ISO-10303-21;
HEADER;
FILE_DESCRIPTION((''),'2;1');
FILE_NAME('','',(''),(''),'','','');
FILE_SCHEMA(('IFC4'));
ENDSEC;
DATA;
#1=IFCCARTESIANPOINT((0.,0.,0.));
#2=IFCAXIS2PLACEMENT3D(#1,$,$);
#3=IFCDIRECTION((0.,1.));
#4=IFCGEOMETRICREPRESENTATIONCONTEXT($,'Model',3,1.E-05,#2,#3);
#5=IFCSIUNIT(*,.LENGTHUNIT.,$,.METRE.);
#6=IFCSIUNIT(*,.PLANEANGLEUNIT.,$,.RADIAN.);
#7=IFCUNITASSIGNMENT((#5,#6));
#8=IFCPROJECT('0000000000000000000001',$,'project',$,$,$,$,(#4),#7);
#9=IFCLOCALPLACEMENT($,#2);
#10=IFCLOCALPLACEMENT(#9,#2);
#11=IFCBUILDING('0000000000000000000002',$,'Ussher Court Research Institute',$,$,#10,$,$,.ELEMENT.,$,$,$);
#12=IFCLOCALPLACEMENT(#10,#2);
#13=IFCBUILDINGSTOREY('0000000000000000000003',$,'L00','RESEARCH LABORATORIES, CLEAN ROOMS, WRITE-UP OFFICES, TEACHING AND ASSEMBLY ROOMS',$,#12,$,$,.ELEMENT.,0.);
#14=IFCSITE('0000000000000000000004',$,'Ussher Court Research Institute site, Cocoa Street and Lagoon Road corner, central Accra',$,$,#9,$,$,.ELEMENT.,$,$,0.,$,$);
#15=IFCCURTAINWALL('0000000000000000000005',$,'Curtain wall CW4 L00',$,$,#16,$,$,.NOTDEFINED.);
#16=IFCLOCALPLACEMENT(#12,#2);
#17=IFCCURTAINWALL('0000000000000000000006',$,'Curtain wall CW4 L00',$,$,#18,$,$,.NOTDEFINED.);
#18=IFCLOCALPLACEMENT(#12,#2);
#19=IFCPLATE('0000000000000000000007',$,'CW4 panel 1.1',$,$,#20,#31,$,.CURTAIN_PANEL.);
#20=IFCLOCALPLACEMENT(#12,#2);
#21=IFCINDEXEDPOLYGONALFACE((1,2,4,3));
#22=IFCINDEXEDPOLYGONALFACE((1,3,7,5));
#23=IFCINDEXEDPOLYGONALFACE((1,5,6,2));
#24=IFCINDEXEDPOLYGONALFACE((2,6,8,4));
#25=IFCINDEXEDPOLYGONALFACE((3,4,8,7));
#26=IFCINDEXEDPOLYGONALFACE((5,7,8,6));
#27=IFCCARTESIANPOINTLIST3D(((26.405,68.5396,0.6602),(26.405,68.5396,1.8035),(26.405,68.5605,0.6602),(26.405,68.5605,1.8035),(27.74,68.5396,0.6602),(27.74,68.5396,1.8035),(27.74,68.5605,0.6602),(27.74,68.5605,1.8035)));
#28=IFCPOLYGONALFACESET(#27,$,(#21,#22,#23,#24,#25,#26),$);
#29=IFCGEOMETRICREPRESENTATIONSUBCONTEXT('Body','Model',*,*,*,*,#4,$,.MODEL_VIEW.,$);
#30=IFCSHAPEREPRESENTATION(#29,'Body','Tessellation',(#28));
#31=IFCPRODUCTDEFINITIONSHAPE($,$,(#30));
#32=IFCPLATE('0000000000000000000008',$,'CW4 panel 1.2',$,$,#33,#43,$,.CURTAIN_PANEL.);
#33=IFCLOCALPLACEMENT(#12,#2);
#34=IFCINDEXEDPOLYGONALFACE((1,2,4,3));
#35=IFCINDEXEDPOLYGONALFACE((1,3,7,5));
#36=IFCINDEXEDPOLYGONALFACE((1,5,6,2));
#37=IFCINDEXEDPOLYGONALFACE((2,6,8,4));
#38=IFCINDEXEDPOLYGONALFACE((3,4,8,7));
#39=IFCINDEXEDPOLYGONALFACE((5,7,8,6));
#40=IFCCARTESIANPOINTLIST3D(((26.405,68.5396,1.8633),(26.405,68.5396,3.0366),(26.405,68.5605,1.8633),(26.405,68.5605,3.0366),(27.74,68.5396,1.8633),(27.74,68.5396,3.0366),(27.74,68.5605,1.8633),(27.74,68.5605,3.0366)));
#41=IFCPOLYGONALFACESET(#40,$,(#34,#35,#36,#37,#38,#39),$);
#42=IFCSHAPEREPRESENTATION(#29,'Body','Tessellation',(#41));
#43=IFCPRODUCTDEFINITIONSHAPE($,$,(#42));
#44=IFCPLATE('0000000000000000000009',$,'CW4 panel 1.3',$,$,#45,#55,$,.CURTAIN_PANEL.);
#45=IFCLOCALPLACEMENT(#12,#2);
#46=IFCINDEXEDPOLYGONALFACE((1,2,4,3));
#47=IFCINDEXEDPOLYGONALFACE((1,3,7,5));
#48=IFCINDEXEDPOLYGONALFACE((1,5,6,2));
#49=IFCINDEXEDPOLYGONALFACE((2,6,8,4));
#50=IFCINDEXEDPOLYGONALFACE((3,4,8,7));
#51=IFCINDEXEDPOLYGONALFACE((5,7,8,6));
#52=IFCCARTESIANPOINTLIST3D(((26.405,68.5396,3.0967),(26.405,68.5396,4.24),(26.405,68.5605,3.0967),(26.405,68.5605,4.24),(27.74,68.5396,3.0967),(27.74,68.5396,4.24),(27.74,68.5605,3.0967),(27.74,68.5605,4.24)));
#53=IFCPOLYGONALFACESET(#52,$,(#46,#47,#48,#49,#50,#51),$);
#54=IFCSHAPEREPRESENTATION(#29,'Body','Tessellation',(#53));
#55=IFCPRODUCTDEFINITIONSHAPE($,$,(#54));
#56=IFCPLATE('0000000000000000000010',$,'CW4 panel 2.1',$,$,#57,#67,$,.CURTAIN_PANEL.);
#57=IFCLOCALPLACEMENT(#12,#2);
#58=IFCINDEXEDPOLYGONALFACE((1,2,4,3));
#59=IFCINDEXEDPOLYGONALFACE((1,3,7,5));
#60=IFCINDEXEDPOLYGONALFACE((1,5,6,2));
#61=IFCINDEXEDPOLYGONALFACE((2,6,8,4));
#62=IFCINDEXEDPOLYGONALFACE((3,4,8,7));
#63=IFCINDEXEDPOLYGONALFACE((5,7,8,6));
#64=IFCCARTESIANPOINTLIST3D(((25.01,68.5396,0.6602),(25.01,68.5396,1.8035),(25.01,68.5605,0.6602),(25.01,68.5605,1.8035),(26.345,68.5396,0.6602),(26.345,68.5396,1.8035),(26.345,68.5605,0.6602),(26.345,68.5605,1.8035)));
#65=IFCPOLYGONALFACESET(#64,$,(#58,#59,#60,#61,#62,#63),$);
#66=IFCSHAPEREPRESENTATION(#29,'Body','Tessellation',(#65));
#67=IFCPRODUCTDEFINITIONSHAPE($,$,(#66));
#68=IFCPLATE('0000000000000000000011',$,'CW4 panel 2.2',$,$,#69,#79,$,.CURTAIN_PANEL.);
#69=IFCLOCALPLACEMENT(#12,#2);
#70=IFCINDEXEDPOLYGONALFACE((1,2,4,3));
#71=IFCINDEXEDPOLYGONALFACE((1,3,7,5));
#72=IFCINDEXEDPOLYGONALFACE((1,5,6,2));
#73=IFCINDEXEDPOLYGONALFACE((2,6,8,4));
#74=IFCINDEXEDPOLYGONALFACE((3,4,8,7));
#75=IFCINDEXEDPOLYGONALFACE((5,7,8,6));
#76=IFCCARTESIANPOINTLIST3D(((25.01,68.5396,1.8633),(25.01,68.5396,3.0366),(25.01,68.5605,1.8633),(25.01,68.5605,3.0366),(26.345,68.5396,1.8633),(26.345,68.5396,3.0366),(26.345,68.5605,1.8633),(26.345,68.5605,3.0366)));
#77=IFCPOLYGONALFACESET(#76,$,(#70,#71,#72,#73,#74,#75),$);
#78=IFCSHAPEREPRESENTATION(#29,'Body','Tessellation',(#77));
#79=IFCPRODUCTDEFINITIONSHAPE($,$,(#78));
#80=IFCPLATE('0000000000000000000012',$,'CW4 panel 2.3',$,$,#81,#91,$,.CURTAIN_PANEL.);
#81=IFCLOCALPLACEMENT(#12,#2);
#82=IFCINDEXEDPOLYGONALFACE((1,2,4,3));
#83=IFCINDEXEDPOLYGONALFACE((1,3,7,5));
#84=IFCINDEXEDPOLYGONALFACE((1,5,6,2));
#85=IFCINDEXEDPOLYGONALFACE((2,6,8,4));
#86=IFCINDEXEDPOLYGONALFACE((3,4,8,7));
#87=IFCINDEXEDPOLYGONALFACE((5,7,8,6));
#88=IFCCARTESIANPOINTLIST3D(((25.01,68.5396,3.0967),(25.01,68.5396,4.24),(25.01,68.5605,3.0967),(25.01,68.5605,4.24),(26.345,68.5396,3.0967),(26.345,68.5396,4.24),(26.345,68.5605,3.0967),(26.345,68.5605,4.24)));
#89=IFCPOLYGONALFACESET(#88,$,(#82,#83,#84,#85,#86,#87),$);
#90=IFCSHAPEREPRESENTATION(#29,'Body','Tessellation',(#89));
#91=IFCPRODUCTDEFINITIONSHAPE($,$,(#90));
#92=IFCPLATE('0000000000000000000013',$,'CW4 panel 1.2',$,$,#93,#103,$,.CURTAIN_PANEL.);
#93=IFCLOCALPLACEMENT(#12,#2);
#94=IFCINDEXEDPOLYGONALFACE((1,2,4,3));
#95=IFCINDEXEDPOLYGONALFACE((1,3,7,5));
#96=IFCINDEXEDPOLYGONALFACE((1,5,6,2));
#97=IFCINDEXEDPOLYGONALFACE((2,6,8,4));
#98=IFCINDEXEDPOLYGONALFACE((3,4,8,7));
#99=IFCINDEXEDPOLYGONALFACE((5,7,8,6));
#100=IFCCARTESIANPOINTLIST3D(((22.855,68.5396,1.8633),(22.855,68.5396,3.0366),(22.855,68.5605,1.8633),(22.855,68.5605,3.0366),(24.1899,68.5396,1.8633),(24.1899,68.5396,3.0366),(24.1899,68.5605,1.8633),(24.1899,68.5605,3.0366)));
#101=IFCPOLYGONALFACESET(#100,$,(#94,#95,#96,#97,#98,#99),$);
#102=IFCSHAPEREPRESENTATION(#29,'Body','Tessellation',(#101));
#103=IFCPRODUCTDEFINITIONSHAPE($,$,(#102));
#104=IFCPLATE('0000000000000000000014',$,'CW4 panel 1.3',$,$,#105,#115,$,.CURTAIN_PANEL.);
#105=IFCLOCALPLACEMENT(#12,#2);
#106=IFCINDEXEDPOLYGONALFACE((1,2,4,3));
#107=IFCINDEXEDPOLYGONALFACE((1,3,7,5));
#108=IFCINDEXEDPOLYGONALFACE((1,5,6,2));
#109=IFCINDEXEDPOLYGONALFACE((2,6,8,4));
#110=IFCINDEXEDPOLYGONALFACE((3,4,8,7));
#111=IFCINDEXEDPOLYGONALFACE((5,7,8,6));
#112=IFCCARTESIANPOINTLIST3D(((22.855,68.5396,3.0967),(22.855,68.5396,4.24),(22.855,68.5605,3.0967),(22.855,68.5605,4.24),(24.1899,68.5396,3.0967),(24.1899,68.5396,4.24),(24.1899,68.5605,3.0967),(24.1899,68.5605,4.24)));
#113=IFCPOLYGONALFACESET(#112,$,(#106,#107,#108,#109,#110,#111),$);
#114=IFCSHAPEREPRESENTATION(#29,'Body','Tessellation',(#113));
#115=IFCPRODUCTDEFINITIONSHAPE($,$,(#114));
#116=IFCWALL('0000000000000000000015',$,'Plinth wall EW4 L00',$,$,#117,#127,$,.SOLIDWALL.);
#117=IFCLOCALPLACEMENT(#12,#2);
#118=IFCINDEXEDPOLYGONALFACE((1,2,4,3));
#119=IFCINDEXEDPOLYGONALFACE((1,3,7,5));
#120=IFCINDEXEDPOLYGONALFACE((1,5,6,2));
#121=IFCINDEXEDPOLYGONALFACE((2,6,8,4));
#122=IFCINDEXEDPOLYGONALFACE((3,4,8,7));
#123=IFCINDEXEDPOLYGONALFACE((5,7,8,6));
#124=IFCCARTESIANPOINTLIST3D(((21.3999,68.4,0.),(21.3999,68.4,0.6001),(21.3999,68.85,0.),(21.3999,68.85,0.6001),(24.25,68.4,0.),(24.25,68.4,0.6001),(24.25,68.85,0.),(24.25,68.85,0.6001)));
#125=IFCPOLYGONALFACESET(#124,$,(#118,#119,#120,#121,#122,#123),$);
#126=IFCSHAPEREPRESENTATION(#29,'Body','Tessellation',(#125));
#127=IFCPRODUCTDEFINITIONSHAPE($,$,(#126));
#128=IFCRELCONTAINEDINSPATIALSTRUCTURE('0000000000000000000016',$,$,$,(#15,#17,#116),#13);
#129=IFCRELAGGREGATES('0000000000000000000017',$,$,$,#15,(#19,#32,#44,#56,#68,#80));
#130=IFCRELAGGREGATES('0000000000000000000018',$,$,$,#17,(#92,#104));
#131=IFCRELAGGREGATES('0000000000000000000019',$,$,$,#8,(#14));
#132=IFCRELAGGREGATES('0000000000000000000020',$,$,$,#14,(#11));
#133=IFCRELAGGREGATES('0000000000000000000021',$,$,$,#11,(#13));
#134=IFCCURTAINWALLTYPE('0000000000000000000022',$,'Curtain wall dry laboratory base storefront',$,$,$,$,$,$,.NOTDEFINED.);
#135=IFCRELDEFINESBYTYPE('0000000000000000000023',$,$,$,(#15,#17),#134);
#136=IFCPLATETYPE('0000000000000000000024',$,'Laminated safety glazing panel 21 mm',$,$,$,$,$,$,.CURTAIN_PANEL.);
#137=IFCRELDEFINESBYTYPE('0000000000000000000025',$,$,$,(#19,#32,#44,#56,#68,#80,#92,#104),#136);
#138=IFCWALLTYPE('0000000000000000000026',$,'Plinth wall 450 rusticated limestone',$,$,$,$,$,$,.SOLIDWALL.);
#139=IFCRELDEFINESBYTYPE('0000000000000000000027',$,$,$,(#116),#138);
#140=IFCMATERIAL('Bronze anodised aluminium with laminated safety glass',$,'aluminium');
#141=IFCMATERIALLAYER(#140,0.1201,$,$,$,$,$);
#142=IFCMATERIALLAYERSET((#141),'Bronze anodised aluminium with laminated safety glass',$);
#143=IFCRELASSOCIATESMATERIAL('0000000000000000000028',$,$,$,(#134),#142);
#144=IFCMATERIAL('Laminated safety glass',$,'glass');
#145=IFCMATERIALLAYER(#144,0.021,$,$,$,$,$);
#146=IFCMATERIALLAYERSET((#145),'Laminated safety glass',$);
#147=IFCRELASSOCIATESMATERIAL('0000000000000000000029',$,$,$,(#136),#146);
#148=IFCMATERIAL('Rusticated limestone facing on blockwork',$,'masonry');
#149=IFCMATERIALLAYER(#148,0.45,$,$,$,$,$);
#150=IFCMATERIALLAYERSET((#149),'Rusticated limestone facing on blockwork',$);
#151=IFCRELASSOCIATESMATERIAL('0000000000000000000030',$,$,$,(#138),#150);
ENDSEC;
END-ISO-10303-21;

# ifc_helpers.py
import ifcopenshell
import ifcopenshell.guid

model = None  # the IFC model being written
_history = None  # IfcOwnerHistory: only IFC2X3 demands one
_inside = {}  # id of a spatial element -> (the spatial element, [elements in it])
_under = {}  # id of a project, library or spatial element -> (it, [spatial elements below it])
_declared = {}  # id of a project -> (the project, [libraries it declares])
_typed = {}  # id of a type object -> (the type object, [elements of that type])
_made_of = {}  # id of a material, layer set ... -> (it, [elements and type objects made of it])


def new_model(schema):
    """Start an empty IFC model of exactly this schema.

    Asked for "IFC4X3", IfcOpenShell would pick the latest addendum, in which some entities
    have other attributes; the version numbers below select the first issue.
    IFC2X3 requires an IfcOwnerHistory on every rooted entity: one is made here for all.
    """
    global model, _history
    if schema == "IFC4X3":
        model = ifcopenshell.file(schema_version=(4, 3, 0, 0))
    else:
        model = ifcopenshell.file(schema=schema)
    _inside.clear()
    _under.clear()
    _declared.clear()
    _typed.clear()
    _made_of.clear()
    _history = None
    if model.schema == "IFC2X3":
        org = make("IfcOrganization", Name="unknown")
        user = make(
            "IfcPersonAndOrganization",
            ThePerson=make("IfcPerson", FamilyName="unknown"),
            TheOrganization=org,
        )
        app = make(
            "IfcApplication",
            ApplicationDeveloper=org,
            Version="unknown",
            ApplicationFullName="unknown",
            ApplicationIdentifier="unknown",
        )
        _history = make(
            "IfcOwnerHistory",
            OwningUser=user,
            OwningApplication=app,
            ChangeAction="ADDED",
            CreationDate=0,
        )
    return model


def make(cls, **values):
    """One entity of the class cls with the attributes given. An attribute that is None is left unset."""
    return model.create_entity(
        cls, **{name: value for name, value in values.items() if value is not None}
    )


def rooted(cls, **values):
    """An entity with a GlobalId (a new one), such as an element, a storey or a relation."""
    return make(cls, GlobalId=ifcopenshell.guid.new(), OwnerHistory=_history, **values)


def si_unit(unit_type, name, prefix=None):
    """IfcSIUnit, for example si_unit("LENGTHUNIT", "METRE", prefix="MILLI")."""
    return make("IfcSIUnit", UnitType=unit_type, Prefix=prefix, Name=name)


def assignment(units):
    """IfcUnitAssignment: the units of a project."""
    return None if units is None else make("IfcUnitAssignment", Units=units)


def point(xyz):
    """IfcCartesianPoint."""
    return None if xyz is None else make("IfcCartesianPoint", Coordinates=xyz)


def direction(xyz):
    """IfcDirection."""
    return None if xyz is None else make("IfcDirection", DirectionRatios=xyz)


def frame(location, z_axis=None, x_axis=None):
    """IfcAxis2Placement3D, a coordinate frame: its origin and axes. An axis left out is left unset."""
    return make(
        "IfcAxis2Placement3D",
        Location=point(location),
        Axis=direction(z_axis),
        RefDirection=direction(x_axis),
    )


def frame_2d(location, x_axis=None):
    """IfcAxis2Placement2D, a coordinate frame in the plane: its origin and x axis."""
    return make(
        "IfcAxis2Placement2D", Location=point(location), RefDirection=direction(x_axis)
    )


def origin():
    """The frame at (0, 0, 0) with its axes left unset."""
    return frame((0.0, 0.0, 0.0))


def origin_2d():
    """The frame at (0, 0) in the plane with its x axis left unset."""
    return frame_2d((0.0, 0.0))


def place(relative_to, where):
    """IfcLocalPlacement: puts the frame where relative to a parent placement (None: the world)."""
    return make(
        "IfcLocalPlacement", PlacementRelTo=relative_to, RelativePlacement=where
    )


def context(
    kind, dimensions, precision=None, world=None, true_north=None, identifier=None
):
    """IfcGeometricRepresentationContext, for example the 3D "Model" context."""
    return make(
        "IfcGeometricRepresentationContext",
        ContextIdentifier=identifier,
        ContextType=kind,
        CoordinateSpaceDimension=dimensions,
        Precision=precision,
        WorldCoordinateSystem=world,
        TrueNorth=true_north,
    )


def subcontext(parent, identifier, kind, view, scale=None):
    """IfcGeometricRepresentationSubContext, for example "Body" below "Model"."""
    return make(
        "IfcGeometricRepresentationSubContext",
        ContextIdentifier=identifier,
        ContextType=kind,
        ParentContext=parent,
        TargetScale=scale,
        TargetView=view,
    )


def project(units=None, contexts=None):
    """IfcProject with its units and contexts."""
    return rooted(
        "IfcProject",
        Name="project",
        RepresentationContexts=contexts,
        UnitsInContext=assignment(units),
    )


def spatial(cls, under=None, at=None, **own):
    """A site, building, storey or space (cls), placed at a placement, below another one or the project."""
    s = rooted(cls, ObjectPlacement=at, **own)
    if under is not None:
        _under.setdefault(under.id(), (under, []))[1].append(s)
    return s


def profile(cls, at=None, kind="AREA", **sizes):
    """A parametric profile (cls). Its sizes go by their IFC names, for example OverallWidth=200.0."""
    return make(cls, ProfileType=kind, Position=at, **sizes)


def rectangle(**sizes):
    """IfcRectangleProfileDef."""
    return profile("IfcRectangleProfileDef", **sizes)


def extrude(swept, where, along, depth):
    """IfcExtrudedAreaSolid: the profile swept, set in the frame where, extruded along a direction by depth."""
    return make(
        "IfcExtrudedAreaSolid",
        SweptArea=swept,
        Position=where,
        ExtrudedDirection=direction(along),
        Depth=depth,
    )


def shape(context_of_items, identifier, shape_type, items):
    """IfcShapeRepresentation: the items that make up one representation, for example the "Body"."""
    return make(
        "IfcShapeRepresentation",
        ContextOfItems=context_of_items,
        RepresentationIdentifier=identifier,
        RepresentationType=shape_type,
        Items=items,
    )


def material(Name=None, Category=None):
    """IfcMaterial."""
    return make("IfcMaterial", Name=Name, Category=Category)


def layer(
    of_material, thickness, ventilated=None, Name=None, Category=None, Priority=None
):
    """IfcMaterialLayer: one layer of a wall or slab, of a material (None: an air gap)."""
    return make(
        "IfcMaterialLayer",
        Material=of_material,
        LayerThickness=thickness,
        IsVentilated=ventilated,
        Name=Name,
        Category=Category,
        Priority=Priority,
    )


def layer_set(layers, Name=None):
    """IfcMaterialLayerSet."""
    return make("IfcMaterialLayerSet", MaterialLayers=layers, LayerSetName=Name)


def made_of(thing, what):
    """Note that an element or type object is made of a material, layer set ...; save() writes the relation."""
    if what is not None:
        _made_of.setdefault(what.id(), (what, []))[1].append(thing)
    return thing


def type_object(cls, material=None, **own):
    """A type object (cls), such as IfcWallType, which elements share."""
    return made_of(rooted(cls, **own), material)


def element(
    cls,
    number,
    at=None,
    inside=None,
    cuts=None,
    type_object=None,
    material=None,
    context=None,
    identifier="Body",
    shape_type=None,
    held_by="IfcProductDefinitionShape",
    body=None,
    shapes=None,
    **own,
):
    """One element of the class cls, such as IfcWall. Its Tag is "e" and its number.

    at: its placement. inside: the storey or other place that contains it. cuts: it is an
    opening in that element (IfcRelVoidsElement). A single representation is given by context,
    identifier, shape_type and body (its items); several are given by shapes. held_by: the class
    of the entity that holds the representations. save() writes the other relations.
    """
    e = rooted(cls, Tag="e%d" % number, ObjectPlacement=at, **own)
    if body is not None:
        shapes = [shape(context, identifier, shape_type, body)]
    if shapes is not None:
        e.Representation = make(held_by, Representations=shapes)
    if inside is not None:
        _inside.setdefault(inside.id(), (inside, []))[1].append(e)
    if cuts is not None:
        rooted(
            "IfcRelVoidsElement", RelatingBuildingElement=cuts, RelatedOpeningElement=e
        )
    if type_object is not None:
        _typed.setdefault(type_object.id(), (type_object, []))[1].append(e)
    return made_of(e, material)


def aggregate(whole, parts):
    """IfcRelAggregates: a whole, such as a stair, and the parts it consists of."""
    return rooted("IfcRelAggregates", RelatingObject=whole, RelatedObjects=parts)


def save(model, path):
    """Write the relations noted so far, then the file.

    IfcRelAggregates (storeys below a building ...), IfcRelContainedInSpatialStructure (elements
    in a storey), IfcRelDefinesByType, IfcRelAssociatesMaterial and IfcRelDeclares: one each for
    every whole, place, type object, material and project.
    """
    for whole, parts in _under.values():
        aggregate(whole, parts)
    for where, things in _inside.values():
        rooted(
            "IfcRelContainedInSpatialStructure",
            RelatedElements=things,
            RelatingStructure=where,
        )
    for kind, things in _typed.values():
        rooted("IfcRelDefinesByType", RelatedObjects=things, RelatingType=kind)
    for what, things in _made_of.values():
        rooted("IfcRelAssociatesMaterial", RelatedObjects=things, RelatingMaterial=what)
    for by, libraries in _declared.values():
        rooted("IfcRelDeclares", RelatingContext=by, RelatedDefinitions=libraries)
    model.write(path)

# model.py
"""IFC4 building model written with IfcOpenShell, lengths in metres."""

from ifc_helpers import new_model, si_unit, direction, frame, frame_2d, origin, origin_2d, place, context, subcontext, project, spatial, rectangle, extrude, material, layer, layer_set, type_object, element, aggregate, save


model = new_model("IFC4")

# Units and contexts
model_context = context("Model", 3, precision=1e-05, world=origin(), true_north=direction((0.0, 1.0)))
body_context = subcontext(model_context, "Body", "Model", "MODEL_VIEW")
ifc_project = project(units=[si_unit("LENGTHUNIT", "METRE"), si_unit("PLANEANGLEUNIT", "RADIAN")], contexts=[model_context])

# Site, building, storey
site_placement = place(None, origin())
site = spatial("IfcSite", under=ifc_project, at=site_placement, Name="Ussher Court Research Institute site, Cocoa Street and Lagoon Road corner, central Accra", CompositionType="ELEMENT", RefElevation=0.0)
building_placement = place(site_placement, origin())
building = spatial("IfcBuilding", under=site, at=building_placement, Name="Ussher Court Research Institute", CompositionType="ELEMENT")
storey_placement = place(building_placement, origin())
storey = spatial("IfcBuildingStorey", under=building, at=storey_placement, Name="L00", Description="RESEARCH LABORATORIES, CLEAN ROOMS, WRITE-UP OFFICES, TEACHING AND ASSEMBLY ROOMS", CompositionType="ELEMENT", Elevation=0.0)

# Curtain wall
ifc_material_1 = material(Name="Bronze anodised aluminium with laminated safety glass", Category="aluminium")
ifc_layer_1 = layer(ifc_material_1, 0.1201)
ifc_layer_set_1 = layer_set([ifc_layer_1], Name="Bronze anodised aluminium with laminated safety glass")
curtain_wall_type = type_object("IfcCurtainWallType", Name="Curtain wall dry laboratory base storefront", PredefinedType="NOTDEFINED", material=ifc_layer_set_1)
curtain_wall_1_placement = place(storey_placement, origin())
curtain_wall_1 = element("IfcCurtainWall", 1, at=curtain_wall_1_placement, inside=storey, type_object=curtain_wall_type, Name="Curtain wall CW4 L00", PredefinedType="NOTDEFINED")

# Curtain wall
curtain_wall_2_placement = place(storey_placement, origin())
curtain_wall_2 = element("IfcCurtainWall", 2, at=curtain_wall_2_placement, inside=storey, type_object=curtain_wall_type, Name="Curtain wall CW4 L00", PredefinedType="NOTDEFINED")

# Plates
ifc_material_2 = material(Name="Laminated safety glass", Category="glass")
ifc_layer_2 = layer(ifc_material_2, 0.021)
ifc_layer_set_2 = layer_set([ifc_layer_2], Name="Laminated safety glass")
plate_type = type_object("IfcPlateType", Name="Laminated safety glazing panel 21 mm", PredefinedType="CURTAIN_PANEL", material=ifc_layer_set_2)
plate_1_placement = place(storey_placement, frame((27.0725, 68.55, 0.6602), z_axis=(0.0, 0.0, 1.0), x_axis=(-1.0, 0.0, 0.0)))
plate_1 = element("IfcPlate", 3, at=plate_1_placement, type_object=plate_type, Name="CW4 panel 1.1", PredefinedType="CURTAIN_PANEL", context=body_context, shape_type="SweptSolid", body=[
    extrude(rectangle(XDim=1.335, YDim=0.021, at=origin_2d()), origin(), (0.0, 0.0, 1.0), 1.1433),
])
plate_2_placement = place(storey_placement, frame((27.0725, 68.55, 1.8633), z_axis=(0.0, 0.0, 1.0), x_axis=(-1.0, 0.0, 0.0)))
plate_2 = element("IfcPlate", 4, at=plate_2_placement, type_object=plate_type, Name="CW4 panel 1.2", PredefinedType="CURTAIN_PANEL", context=body_context, shape_type="SweptSolid", body=[
    extrude(rectangle(XDim=1.335, YDim=0.021, at=origin_2d()), origin(), (0.0, 0.0, 1.0), 1.1733),
])
plate_3_placement = place(storey_placement, frame((27.0725, 68.55, 3.0967), z_axis=(0.0, 0.0, 1.0), x_axis=(-1.0, 0.0, 0.0)))
plate_3 = element("IfcPlate", 5, at=plate_3_placement, type_object=plate_type, Name="CW4 panel 1.3", PredefinedType="CURTAIN_PANEL", context=body_context, shape_type="SweptSolid", body=[
    extrude(rectangle(XDim=1.335, YDim=0.021, at=origin_2d()), origin(), (0.0, 0.0, 1.0), 1.1433),
])
plate_4_placement = place(storey_placement, frame((25.6775, 68.55, 0.6602), z_axis=(0.0, 0.0, 1.0), x_axis=(-1.0, 0.0, 0.0)))
plate_4 = element("IfcPlate", 6, at=plate_4_placement, type_object=plate_type, Name="CW4 panel 2.1", PredefinedType="CURTAIN_PANEL", context=body_context, shape_type="SweptSolid", body=[
    extrude(rectangle(XDim=1.335, YDim=0.021, at=origin_2d()), origin(), (0.0, 0.0, 1.0), 1.1433),
])
plate_5_placement = place(storey_placement, frame((25.6775, 68.55, 1.8633), z_axis=(0.0, 0.0, 1.0), x_axis=(-1.0, 0.0, 0.0)))
plate_5 = element("IfcPlate", 7, at=plate_5_placement, type_object=plate_type, Name="CW4 panel 2.2", PredefinedType="CURTAIN_PANEL", context=body_context, shape_type="SweptSolid", body=[
    extrude(rectangle(XDim=1.335, YDim=0.021, at=origin_2d()), origin(), (0.0, 0.0, 1.0), 1.1733),
])
plate_6_placement = place(storey_placement, frame((25.6775, 68.55, 3.0967), z_axis=(0.0, 0.0, 1.0), x_axis=(-1.0, 0.0, 0.0)))
plate_6 = element("IfcPlate", 8, at=plate_6_placement, type_object=plate_type, Name="CW4 panel 2.3", PredefinedType="CURTAIN_PANEL", context=body_context, shape_type="SweptSolid", body=[
    extrude(rectangle(XDim=1.335, YDim=0.021, at=origin_2d()), origin(), (0.0, 0.0, 1.0), 1.1433),
])
aggregate(curtain_wall_1, [plate_1, plate_2, plate_3, plate_4, plate_5, plate_6])
plate_7_placement = place(storey_placement, frame((23.5225, 68.55, 1.8633), z_axis=(0.0, 0.0, 1.0), x_axis=(-1.0, 0.0, 0.0)))
plate_7 = element("IfcPlate", 9, at=plate_7_placement, type_object=plate_type, Name="CW4 panel 1.2", PredefinedType="CURTAIN_PANEL", context=body_context, shape_type="SweptSolid", body=[
    extrude(rectangle(XDim=1.335, YDim=0.021, at=origin_2d()), origin(), (0.0, 0.0, 1.0), 1.1733),
])
plate_8_placement = place(storey_placement, frame((23.5225, 68.55, 3.0967), z_axis=(0.0, 0.0, 1.0), x_axis=(-1.0, 0.0, 0.0)))
plate_8 = element("IfcPlate", 10, at=plate_8_placement, type_object=plate_type, Name="CW4 panel 1.3", PredefinedType="CURTAIN_PANEL", context=body_context, shape_type="SweptSolid", body=[
    extrude(rectangle(XDim=1.335, YDim=0.021, at=origin_2d()), origin(), (0.0, 0.0, 1.0), 1.1433),
])
aggregate(curtain_wall_2, [plate_7, plate_8])

# Wall
ifc_material_3 = material(Name="Rusticated limestone facing on blockwork", Category="masonry")
ifc_layer_3 = layer(ifc_material_3, 0.45)
ifc_layer_set_3 = layer_set([ifc_layer_3], Name="Rusticated limestone facing on blockwork")
wall_type = type_object("IfcWallType", Name="Plinth wall 450 rusticated limestone", PredefinedType="SOLIDWALL", material=ifc_layer_set_3)
wall_placement = place(storey_placement, frame((24.25, 68.625, 0.0), z_axis=(0.0, 0.0, 1.0), x_axis=(-1.0, 0.0, 0.0)))
element("IfcWall", 11, at=wall_placement, inside=storey, type_object=wall_type, Name="Plinth wall EW4 L00", PredefinedType="SOLIDWALL", context=body_context, shape_type="SweptSolid", body=[
    extrude(rectangle(XDim=2.8501, YDim=0.45, at=frame_2d((1.425, 0.0))), origin(), (0.0, 0.0, 1.0), 0.6001),
])

save(model, "model.ifc")
